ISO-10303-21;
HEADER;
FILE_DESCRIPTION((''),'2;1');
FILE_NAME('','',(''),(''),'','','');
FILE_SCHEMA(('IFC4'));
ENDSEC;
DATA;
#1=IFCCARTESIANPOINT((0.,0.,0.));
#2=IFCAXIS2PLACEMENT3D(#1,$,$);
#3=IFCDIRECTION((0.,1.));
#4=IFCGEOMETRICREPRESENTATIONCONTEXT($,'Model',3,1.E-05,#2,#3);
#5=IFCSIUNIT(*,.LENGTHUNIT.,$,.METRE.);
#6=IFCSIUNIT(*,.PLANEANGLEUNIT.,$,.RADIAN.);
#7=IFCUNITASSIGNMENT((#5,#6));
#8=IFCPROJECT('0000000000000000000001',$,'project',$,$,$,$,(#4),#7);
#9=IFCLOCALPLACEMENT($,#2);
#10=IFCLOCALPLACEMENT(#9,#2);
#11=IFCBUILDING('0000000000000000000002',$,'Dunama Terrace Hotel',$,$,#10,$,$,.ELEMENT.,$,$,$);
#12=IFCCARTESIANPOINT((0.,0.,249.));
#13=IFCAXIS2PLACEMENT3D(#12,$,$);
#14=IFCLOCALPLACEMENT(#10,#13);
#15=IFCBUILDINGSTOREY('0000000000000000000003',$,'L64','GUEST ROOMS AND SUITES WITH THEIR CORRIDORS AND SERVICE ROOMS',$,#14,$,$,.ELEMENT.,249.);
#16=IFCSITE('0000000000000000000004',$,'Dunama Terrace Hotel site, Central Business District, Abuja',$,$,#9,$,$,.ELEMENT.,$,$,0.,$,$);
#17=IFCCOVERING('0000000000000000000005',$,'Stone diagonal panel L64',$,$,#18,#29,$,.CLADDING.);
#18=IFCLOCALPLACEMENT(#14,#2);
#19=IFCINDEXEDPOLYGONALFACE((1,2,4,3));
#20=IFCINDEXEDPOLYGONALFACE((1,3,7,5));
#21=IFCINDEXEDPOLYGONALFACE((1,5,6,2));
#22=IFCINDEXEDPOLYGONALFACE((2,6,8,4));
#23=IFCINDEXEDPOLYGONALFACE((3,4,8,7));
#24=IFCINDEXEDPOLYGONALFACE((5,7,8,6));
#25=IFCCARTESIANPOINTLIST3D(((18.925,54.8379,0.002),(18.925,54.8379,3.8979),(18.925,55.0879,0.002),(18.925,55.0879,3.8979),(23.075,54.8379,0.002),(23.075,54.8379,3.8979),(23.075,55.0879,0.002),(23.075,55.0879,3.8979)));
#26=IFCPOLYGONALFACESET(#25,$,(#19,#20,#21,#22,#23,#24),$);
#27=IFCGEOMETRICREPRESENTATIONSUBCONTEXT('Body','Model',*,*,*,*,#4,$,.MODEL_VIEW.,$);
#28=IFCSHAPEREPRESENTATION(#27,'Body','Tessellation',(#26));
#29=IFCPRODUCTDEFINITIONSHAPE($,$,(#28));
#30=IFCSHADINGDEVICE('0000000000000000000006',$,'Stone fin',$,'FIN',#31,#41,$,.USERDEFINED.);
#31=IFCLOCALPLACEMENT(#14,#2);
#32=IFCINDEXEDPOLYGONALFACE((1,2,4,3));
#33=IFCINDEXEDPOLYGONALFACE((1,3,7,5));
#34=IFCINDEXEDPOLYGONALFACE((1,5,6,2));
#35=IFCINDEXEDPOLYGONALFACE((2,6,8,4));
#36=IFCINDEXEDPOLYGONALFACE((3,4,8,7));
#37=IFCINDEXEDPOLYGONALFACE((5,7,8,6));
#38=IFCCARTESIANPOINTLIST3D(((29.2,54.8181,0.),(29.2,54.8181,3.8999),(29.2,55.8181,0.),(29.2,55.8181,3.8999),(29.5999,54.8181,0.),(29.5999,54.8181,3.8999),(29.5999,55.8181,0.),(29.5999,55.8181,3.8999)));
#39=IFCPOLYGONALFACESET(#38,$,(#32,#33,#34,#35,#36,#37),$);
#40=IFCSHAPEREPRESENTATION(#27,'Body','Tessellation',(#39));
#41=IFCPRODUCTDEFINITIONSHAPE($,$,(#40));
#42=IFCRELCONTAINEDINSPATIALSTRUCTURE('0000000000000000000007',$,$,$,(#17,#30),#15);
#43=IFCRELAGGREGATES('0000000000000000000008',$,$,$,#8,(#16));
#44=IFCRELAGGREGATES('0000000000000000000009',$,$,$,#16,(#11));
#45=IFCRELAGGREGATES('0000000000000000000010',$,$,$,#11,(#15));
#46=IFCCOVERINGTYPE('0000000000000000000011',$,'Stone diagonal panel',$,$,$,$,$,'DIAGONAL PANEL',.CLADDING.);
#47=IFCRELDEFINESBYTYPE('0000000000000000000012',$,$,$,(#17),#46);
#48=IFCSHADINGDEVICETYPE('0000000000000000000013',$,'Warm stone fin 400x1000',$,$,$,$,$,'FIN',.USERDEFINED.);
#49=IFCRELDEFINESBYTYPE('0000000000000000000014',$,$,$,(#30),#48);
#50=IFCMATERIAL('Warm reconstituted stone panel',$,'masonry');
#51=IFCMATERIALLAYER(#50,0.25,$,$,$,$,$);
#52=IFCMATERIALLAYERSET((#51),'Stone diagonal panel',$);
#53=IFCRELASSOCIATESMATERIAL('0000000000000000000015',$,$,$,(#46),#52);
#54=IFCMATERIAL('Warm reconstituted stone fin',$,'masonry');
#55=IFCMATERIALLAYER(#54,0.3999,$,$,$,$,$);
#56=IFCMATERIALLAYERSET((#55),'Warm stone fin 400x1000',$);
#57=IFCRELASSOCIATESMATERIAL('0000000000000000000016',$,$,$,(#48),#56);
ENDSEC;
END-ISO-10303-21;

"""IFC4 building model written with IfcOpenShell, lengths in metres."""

from ifc_helpers import new_model, si_unit, direction, frame, origin, origin_2d, place, context, subcontext, project, spatial, rectangle, extrude, material, layer, layer_set, type_object, element, save


model = new_model("IFC4")

# Units and contexts
model_context = context("Model", 3, precision=1e-05, world=origin(), true_north=direction((0.0, 1.0)))
body_context = subcontext(model_context, "Body", "Model", "MODEL_VIEW")
ifc_project = project(units=[si_unit("LENGTHUNIT", "METRE"), si_unit("PLANEANGLEUNIT", "RADIAN")], contexts=[model_context])

# Site, building, storey
site_placement = place(None, origin())
site = spatial("IfcSite", under=ifc_project, at=site_placement, Name="Dunama Terrace Hotel site, Central Business District, Abuja", CompositionType="ELEMENT", RefElevation=0.0)
building_placement = place(site_placement, origin())
building = spatial("IfcBuilding", under=site, at=building_placement, Name="Dunama Terrace Hotel", CompositionType="ELEMENT")
storey_placement = place(building_placement, frame((0.0, 0.0, 249.0)))
storey = spatial("IfcBuildingStorey", under=building, at=storey_placement, Name="L64", Description="GUEST ROOMS AND SUITES WITH THEIR CORRIDORS AND SERVICE ROOMS", CompositionType="ELEMENT", Elevation=249.0)

# Covering
ifc_material_1 = material(Name="Warm reconstituted stone panel", Category="masonry")
ifc_layer_1 = layer(ifc_material_1, 0.25)
ifc_layer_set_1 = layer_set([ifc_layer_1], Name="Stone diagonal panel")
covering_type = type_object("IfcCoveringType", Name="Stone diagonal panel", ElementType="DIAGONAL PANEL", PredefinedType="CLADDING", material=ifc_layer_set_1)
covering_placement = place(storey_placement, frame((21.0, 54.9629, 0.002), z_axis=(0.0, 0.0, 1.0), x_axis=(-1.0, 0.0, 0.0)))
element("IfcCovering", 1, at=covering_placement, inside=storey, type_object=covering_type, Name="Stone diagonal panel L64", PredefinedType="CLADDING", context=body_context, shape_type="SweptSolid", body=[
    extrude(rectangle(XDim=4.1499, YDim=0.25, at=origin_2d()), origin(), (0.0, 0.0, 1.0), 3.896),
])

# Shading device
ifc_material_2 = material(Name="Warm reconstituted stone fin", Category="masonry")
ifc_layer_2 = layer(ifc_material_2, 0.3999)
ifc_layer_set_2 = layer_set([ifc_layer_2], Name="Warm stone fin 400x1000")
shading_device_type = type_object("IfcShadingDeviceType", Name="Warm stone fin 400x1000", ElementType="FIN", PredefinedType="USERDEFINED", material=ifc_layer_set_2)
shading_device_placement = place(storey_placement, frame((29.3999, 55.3181, 0.0), z_axis=(0.0, 0.0, 1.0), x_axis=(-1.0, 0.0, 0.0)))
element("IfcShadingDevice", 2, at=shading_device_placement, inside=storey, type_object=shading_device_type, Name="Stone fin", ObjectType="FIN", PredefinedType="USERDEFINED", context=body_context, shape_type="SweptSolid", body=[
    extrude(rectangle(XDim=0.3999, YDim=1.0, at=origin_2d()), origin(), (0.0, 0.0, 1.0), 3.8999),
])

save(model, "model.ifc")
